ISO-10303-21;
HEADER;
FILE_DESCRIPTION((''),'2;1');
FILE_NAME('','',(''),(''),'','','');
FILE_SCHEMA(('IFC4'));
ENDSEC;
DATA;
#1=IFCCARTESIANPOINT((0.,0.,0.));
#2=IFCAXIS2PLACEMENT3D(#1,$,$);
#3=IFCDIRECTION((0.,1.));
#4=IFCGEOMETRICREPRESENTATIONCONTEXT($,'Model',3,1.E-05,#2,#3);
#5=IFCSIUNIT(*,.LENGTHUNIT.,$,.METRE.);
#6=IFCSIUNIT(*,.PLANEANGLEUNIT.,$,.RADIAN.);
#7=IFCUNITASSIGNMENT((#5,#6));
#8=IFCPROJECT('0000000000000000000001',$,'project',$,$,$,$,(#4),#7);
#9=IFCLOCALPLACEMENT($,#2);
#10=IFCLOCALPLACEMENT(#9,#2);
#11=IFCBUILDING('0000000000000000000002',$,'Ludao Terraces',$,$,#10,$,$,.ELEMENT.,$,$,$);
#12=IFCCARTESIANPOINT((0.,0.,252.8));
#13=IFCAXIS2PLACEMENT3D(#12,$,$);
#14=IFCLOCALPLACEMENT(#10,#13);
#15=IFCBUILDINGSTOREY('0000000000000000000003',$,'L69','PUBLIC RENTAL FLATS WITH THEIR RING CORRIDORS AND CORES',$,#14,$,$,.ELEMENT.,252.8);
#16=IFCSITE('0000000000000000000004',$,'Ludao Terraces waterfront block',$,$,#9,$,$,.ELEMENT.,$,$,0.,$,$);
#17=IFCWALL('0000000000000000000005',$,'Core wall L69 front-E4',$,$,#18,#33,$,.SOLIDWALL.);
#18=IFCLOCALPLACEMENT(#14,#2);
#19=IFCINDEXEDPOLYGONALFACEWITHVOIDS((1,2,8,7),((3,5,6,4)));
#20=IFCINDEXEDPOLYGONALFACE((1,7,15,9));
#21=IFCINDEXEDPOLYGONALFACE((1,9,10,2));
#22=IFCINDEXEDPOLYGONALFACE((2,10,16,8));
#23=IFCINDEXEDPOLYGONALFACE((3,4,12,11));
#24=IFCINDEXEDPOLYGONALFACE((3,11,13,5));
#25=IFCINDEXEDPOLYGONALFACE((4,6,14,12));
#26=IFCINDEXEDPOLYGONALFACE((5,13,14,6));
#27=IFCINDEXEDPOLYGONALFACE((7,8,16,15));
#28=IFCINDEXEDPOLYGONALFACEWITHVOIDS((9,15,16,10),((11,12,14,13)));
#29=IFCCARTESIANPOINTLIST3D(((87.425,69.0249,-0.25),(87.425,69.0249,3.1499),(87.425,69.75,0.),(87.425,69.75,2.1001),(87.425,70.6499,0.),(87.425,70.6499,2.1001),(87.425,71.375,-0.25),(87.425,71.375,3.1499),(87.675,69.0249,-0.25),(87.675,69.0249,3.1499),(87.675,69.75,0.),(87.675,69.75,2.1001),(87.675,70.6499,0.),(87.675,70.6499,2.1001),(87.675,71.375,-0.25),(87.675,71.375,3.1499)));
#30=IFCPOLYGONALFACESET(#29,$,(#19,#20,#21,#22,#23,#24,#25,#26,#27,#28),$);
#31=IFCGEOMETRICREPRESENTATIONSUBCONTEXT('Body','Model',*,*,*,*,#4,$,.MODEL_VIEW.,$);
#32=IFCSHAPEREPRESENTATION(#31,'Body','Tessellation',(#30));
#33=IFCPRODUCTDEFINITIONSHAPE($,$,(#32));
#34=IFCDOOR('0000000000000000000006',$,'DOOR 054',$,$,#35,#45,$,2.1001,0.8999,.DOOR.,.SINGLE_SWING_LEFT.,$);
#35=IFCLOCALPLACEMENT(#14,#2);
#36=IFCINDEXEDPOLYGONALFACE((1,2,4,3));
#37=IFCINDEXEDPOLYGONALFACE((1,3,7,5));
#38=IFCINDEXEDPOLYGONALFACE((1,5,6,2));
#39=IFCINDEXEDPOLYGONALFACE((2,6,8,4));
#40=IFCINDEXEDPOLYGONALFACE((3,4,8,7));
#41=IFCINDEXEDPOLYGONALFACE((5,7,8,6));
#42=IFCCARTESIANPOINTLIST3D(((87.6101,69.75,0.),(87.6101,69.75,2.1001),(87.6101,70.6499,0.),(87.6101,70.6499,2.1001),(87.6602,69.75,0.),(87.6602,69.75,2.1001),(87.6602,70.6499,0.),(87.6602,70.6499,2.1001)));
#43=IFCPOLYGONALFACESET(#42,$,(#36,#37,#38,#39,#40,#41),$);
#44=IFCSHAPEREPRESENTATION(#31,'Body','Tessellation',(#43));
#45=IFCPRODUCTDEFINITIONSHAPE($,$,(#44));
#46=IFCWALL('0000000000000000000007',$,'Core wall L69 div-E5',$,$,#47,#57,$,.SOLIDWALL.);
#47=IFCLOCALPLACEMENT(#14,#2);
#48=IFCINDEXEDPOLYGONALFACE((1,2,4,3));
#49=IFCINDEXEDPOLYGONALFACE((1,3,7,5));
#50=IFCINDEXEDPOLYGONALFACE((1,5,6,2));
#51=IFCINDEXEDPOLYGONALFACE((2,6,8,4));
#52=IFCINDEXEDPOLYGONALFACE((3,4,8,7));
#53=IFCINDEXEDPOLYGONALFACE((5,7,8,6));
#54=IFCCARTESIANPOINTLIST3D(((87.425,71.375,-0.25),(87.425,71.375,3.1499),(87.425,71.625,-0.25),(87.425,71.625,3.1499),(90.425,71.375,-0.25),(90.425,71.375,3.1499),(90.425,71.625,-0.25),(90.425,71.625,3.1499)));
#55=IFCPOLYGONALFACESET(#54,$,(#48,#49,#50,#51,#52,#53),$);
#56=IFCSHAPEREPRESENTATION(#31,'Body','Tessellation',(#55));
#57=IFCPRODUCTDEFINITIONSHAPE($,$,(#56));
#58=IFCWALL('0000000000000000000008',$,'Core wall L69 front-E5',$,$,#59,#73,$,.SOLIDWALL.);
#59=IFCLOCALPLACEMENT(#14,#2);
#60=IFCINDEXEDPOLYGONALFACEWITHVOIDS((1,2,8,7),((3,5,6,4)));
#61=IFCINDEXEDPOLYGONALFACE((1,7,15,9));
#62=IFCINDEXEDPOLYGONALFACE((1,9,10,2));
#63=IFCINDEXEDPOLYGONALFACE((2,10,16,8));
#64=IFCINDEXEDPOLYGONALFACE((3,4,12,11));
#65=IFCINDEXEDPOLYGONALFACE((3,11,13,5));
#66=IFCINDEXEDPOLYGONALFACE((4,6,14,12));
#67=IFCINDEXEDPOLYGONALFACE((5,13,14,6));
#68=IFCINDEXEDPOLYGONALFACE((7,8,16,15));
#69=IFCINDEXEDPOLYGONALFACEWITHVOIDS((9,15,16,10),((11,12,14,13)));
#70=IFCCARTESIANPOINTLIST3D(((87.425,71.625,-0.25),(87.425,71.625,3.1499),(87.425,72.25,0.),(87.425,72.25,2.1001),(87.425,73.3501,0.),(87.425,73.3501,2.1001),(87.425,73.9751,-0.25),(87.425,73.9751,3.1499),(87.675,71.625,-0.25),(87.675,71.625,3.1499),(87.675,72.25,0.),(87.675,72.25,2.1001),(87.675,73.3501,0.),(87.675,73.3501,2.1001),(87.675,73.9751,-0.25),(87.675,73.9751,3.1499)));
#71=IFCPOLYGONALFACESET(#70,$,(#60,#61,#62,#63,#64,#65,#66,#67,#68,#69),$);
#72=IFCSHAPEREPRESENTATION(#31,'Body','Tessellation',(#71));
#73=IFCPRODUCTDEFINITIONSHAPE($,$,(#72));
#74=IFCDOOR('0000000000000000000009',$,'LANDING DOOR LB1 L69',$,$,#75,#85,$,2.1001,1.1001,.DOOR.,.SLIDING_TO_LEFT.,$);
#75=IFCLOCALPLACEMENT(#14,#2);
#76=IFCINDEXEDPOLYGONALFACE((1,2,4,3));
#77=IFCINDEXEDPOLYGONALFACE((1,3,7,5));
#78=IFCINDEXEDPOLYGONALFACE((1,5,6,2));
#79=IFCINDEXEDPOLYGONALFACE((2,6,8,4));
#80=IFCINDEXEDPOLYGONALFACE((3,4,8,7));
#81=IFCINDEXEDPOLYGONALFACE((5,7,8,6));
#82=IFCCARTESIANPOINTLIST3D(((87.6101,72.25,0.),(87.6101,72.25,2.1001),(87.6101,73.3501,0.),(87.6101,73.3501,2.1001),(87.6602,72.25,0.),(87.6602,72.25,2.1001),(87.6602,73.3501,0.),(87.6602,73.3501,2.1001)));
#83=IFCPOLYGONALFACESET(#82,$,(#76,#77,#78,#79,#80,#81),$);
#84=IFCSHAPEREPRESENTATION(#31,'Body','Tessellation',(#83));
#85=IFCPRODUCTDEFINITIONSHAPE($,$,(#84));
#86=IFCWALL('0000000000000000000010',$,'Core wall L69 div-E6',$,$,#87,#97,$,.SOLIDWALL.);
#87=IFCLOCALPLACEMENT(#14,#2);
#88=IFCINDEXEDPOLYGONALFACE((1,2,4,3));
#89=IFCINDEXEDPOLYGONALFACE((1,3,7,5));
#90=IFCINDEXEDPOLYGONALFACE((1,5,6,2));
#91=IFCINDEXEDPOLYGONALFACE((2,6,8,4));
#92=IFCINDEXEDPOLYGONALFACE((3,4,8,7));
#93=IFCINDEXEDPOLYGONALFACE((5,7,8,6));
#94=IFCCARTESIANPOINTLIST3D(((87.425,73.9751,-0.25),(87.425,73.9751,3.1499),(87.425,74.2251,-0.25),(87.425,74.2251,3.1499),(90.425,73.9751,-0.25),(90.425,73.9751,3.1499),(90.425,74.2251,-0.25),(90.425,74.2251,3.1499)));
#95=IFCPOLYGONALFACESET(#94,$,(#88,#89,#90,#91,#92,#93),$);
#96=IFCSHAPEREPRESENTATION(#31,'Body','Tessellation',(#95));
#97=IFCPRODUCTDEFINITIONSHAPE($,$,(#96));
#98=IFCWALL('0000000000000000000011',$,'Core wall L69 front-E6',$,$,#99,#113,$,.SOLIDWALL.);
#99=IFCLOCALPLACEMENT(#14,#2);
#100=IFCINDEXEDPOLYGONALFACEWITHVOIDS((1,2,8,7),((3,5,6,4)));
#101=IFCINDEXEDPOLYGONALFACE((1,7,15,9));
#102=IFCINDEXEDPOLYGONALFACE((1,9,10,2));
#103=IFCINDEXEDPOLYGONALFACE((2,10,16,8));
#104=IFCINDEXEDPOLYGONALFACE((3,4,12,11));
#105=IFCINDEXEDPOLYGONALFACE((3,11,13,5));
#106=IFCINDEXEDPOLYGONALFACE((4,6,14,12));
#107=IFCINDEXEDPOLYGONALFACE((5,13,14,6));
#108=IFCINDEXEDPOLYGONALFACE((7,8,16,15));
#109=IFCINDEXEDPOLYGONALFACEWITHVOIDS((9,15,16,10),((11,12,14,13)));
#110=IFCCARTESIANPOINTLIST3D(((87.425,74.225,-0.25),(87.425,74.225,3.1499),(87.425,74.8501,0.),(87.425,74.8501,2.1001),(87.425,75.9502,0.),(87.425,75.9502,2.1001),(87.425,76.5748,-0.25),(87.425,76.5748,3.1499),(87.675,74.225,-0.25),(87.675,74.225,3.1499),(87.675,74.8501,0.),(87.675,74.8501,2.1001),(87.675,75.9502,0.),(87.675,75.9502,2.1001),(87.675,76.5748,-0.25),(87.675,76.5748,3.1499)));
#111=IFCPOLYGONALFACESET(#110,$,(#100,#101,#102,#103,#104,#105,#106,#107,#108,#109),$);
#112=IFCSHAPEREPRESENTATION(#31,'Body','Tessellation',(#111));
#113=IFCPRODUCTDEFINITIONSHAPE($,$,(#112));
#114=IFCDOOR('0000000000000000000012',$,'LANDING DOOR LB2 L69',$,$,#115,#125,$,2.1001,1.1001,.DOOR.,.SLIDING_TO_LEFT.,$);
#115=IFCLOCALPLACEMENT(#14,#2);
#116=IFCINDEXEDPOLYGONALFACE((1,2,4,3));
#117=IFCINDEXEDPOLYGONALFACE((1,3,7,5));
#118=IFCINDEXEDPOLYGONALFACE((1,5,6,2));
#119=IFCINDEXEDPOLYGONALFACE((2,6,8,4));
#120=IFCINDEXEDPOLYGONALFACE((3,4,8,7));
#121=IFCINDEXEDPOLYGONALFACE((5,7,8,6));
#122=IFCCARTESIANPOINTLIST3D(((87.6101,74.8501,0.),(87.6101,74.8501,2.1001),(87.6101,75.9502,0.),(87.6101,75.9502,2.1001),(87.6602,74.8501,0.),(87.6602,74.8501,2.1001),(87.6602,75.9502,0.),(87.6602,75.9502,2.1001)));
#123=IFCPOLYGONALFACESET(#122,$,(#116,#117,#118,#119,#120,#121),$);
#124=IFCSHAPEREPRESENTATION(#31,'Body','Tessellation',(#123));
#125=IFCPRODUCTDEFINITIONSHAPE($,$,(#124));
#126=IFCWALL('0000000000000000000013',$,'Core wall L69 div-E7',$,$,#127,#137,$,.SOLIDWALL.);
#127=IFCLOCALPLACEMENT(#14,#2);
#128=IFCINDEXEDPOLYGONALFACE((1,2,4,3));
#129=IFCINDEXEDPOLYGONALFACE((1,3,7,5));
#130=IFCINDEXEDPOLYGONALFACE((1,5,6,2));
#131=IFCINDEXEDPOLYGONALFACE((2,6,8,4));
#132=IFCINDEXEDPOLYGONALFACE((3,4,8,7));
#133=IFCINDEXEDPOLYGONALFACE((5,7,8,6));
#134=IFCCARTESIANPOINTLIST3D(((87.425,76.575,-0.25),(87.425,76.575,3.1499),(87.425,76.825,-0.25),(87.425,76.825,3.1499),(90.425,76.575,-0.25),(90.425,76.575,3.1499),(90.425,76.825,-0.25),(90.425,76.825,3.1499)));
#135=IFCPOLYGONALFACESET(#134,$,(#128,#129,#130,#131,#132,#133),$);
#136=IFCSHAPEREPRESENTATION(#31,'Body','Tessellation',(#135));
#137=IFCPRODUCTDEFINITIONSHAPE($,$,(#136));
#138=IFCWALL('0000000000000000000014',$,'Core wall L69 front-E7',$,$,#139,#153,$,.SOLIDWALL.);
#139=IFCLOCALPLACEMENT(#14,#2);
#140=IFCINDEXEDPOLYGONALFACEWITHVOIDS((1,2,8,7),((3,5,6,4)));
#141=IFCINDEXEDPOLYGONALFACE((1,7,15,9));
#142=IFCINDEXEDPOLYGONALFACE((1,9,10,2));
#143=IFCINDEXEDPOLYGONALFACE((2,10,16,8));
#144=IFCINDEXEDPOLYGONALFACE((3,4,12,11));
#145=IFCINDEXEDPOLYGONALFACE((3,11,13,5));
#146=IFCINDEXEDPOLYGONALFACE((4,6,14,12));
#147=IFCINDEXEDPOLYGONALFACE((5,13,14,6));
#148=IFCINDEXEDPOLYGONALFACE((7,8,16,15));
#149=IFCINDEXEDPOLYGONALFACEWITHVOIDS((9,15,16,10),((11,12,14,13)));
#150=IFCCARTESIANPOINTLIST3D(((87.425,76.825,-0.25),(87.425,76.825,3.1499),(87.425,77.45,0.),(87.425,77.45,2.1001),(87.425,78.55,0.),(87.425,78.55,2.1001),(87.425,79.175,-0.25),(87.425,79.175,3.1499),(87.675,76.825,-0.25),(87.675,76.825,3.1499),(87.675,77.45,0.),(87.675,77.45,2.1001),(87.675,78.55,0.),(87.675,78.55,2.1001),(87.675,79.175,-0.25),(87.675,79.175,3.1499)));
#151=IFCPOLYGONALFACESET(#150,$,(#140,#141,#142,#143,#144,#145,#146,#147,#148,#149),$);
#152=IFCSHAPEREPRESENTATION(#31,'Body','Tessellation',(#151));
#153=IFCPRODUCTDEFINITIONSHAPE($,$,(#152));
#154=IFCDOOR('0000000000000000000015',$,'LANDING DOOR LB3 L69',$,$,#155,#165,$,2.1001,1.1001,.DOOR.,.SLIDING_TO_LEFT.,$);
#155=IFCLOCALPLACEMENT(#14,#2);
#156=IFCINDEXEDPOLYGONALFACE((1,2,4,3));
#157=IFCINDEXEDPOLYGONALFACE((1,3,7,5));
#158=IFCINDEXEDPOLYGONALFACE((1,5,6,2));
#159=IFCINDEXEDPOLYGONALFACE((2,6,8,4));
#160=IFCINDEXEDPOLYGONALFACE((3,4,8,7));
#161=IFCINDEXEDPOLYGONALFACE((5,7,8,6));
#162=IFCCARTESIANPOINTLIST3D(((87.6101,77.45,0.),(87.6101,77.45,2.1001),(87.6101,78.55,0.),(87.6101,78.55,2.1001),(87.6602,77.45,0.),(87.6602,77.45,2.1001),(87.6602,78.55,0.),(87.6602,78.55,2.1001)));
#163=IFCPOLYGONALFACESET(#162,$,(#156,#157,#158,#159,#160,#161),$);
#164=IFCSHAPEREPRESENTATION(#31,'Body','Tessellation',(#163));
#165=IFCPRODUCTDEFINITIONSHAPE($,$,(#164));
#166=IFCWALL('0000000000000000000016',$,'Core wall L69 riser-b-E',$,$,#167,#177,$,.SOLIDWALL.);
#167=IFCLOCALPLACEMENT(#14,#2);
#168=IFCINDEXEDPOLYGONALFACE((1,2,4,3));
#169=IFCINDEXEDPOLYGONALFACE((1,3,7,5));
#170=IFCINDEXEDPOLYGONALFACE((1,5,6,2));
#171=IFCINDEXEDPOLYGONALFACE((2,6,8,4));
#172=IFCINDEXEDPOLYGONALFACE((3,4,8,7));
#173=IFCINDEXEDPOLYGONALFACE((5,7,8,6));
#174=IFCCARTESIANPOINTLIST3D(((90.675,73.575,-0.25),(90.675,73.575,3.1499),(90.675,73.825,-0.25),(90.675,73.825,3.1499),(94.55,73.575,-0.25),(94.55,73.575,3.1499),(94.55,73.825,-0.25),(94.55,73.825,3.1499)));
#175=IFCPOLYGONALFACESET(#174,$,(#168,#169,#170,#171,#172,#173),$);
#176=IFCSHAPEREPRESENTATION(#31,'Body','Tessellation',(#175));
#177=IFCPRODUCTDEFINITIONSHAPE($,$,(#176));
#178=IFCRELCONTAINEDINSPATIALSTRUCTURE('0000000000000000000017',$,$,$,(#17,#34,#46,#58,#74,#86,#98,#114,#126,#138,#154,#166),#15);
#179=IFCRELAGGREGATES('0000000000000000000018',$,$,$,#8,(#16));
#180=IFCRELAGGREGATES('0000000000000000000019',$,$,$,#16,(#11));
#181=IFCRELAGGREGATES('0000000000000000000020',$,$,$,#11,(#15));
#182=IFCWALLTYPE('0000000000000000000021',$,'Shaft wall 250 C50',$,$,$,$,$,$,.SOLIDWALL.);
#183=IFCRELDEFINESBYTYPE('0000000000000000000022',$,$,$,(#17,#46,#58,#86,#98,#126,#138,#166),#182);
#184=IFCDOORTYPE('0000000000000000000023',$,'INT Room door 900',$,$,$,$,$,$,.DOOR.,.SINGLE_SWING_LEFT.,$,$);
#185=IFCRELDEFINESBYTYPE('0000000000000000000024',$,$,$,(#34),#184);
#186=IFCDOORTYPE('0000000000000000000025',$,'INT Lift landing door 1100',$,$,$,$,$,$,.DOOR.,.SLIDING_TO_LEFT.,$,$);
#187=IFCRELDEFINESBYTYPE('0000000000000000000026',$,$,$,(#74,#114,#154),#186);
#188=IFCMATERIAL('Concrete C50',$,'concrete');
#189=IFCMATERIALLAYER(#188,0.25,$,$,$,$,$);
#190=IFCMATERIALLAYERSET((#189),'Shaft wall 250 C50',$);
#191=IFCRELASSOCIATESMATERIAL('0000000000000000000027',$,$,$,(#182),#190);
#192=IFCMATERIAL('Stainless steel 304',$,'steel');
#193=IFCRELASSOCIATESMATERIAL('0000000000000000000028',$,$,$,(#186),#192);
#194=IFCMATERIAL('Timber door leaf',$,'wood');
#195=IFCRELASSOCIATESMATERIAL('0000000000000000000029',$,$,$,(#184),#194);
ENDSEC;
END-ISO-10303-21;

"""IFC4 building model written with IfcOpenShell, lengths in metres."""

from ifc_helpers import new_model, si_unit, direction, frame, frame_2d, origin, place, context, subcontext, project, spatial, rectangle, extrude, material, layer, layer_set, type_object, element, fill, save


model = new_model("IFC4")

# Units and contexts
model_context = context("Model", 3, precision=1e-05, world=origin(), true_north=direction((0.0, 1.0)))
body_context = subcontext(model_context, "Body", "Model", "MODEL_VIEW")
ifc_project = project(units=[si_unit("LENGTHUNIT", "METRE"), si_unit("PLANEANGLEUNIT", "RADIAN")], contexts=[model_context])

# Site, building, storey
site_placement = place(None, origin())
site = spatial("IfcSite", under=ifc_project, at=site_placement, Name="Ludao Terraces waterfront block", CompositionType="ELEMENT", RefElevation=0.0)
building_placement = place(site_placement, origin())
building = spatial("IfcBuilding", under=site, at=building_placement, Name="Ludao Terraces", CompositionType="ELEMENT")
storey_placement = place(building_placement, frame((0.0, 0.0, 252.8)))
storey = spatial("IfcBuildingStorey", under=building, at=storey_placement, Name="L69", Description="PUBLIC RENTAL FLATS WITH THEIR RING CORRIDORS AND CORES", CompositionType="ELEMENT", Elevation=252.8)

# Shared definitions
ifc_material_1 = material(Name="Concrete C50", Category="concrete")
ifc_layer_1 = layer(ifc_material_1, 0.25)
ifc_layer_set_1 = layer_set([ifc_layer_1], Name="Shaft wall 250 C50")
wall_type_1 = type_object("IfcWallType", Name="Shaft wall 250 C50", PredefinedType="SOLIDWALL", material=ifc_layer_set_1)

# Shared definitions
ifc_material_2 = material(Name="Stainless steel 304", Category="steel")
door_type_1 = type_object("IfcDoorType", Name="INT Lift landing door 1100", OperationType="SLIDING_TO_LEFT", PredefinedType="DOOR", material=ifc_material_2)
ifc_material_3 = material(Name="Timber door leaf", Category="wood")
door_type_2 = type_object("IfcDoorType", Name="INT Room door 900", OperationType="SINGLE_SWING_LEFT", PredefinedType="DOOR", material=ifc_material_3)

# Wall, opening, door
wall_1_placement = place(storey_placement, frame((87.55, 69.0249, -0.25), z_axis=(0.0, 0.0, 1.0), x_axis=(0.0, 1.0, 0.0)))
wall_1 = element("IfcWall", 1, at=wall_1_placement, inside=storey, type_object=wall_type_1, Name="Core wall L69 front-E4", PredefinedType="SOLIDWALL", context=body_context, shape_type="SweptSolid", body=[
    extrude(rectangle(XDim=2.3501, YDim=0.25, at=frame_2d((1.175, 0.0))), origin(), (0.0, 0.0, 1.0), 3.3999),
])
opening_1_placement = place(wall_1_placement, frame((0.7251, 0.0, 0.25)))
opening_1 = element("IfcOpeningElement", 2, at=opening_1_placement, cuts=wall_1, PredefinedType="OPENING", context=body_context, shape_type="SweptSolid", body=[
    extrude(rectangle(XDim=0.8999, YDim=2.1001, at=frame_2d((0.45, 1.05))), frame((0.0, 0.135, 0.0), z_axis=(0.0, -1.0, 0.0), x_axis=(1.0, 0.0, 0.0)), (0.0, 0.0, 1.0), 0.27),
])
door_1_placement = place(opening_1_placement, origin())
door_1 = element("IfcDoor", 3, at=door_1_placement, inside=storey, type_object=door_type_2, Name="DOOR 054", OperationType="SINGLE_SWING_LEFT", OverallHeight=2.1001, OverallWidth=0.8999, PredefinedType="DOOR", context=body_context, shape_type="SweptSolid", body=[
    extrude(rectangle(XDim=0.8999, YDim=2.1001, at=frame_2d((0.45, 1.05))), frame((0.0, -0.0601, 0.0), z_axis=(0.0, -1.0, 0.0), x_axis=(1.0, 0.0, 0.0)), (0.0, 0.0, 1.0), 0.05),
])
fill(opening_1, door_1)

# Wall
wall_2_placement = place(storey_placement, frame((87.425, 71.5, -0.25), z_axis=(0.0, 0.0, 1.0), x_axis=(1.0, 0.0, 0.0)))
element("IfcWall", 4, at=wall_2_placement, inside=storey, type_object=wall_type_1, Name="Core wall L69 div-E5", PredefinedType="SOLIDWALL", context=body_context, shape_type="SweptSolid", body=[
    extrude(rectangle(XDim=3.0, YDim=0.25, at=frame_2d((1.5, 0.0))), origin(), (0.0, 0.0, 1.0), 3.3999),
])

# Wall, opening, door
wall_3_placement = place(storey_placement, frame((87.55, 71.625, -0.25), z_axis=(0.0, 0.0, 1.0), x_axis=(0.0, 1.0, 0.0)))
wall_3 = element("IfcWall", 5, at=wall_3_placement, inside=storey, type_object=wall_type_1, Name="Core wall L69 front-E5", PredefinedType="SOLIDWALL", context=body_context, shape_type="SweptSolid", body=[
    extrude(rectangle(XDim=2.3501, YDim=0.25, at=frame_2d((1.175, 0.0))), origin(), (0.0, 0.0, 1.0), 3.3999),
])
opening_2_placement = place(wall_3_placement, frame((0.625, 0.0, 0.25)))
opening_2 = element("IfcOpeningElement", 6, at=opening_2_placement, cuts=wall_3, PredefinedType="OPENING", context=body_context, shape_type="SweptSolid", body=[
    extrude(rectangle(XDim=1.1001, YDim=2.1001, at=frame_2d((0.55, 1.05))), frame((0.0, 0.135, 0.0), z_axis=(0.0, -1.0, 0.0), x_axis=(1.0, 0.0, 0.0)), (0.0, 0.0, 1.0), 0.27),
])
door_2_placement = place(opening_2_placement, origin())
door_2 = element("IfcDoor", 7, at=door_2_placement, inside=storey, type_object=door_type_1, Name="LANDING DOOR LB1 L69", OperationType="SLIDING_TO_LEFT", OverallHeight=2.1001, OverallWidth=1.1001, PredefinedType="DOOR", context=body_context, shape_type="SweptSolid", body=[
    extrude(rectangle(XDim=1.1001, YDim=2.1001, at=frame_2d((0.55, 1.05))), frame((0.0, -0.0601, 0.0), z_axis=(0.0, -1.0, 0.0), x_axis=(1.0, 0.0, 0.0)), (0.0, 0.0, 1.0), 0.05),
])
fill(opening_2, door_2)

# Wall
wall_4_placement = place(storey_placement, frame((87.425, 74.1001, -0.25), z_axis=(0.0, 0.0, 1.0), x_axis=(1.0, 0.0, 0.0)))
element("IfcWall", 8, at=wall_4_placement, inside=storey, type_object=wall_type_1, Name="Core wall L69 div-E6", PredefinedType="SOLIDWALL", context=body_context, shape_type="SweptSolid", body=[
    extrude(rectangle(XDim=3.0, YDim=0.25, at=frame_2d((1.5, 0.0))), origin(), (0.0, 0.0, 1.0), 3.3999),
])

# Wall, opening, door
wall_5_placement = place(storey_placement, frame((87.55, 74.2251, -0.25), z_axis=(0.0, 0.0, 1.0), x_axis=(0.0, 1.0, 0.0)))
wall_5 = element("IfcWall", 9, at=wall_5_placement, inside=storey, type_object=wall_type_1, Name="Core wall L69 front-E6", PredefinedType="SOLIDWALL", context=body_context, shape_type="SweptSolid", body=[
    extrude(rectangle(XDim=2.3499, YDim=0.25, at=frame_2d((1.1748, 0.0))), origin(), (0.0, 0.0, 1.0), 3.3999),
])
opening_3_placement = place(wall_5_placement, frame((0.625, 0.0, 0.25)))
opening_3 = element("IfcOpeningElement", 10, at=opening_3_placement, cuts=wall_5, PredefinedType="OPENING", context=body_context, shape_type="SweptSolid", body=[
    extrude(rectangle(XDim=1.1001, YDim=2.1001, at=frame_2d((0.55, 1.05))), frame((0.0, 0.135, 0.0), z_axis=(0.0, -1.0, 0.0), x_axis=(1.0, 0.0, 0.0)), (0.0, 0.0, 1.0), 0.27),
])
door_3_placement = place(opening_3_placement, origin())
door_3 = element("IfcDoor", 11, at=door_3_placement, inside=storey, type_object=door_type_1, Name="LANDING DOOR LB2 L69", OperationType="SLIDING_TO_LEFT", OverallHeight=2.1001, OverallWidth=1.1001, PredefinedType="DOOR", context=body_context, shape_type="SweptSolid", body=[
    extrude(rectangle(XDim=1.1001, YDim=2.1001, at=frame_2d((0.55, 1.05))), frame((0.0, -0.0601, 0.0), z_axis=(0.0, -1.0, 0.0), x_axis=(1.0, 0.0, 0.0)), (0.0, 0.0, 1.0), 0.05),
])
fill(opening_3, door_3)

# Wall
wall_6_placement = place(storey_placement, frame((87.425, 76.7, -0.25), z_axis=(0.0, 0.0, 1.0), x_axis=(1.0, 0.0, 0.0)))
element("IfcWall", 12, at=wall_6_placement, inside=storey, type_object=wall_type_1, Name="Core wall L69 div-E7", PredefinedType="SOLIDWALL", context=body_context, shape_type="SweptSolid", body=[
    extrude(rectangle(XDim=3.0, YDim=0.25, at=frame_2d((1.5, 0.0))), origin(), (0.0, 0.0, 1.0), 3.3999),
])

# Wall, opening, door
wall_7_placement = place(storey_placement, frame((87.55, 76.825, -0.25), z_axis=(0.0, 0.0, 1.0), x_axis=(0.0, 1.0, 0.0)))
wall_7 = element("IfcWall", 13, at=wall_7_placement, inside=storey, type_object=wall_type_1, Name="Core wall L69 front-E7", PredefinedType="SOLIDWALL", context=body_context, shape_type="SweptSolid", body=[
    extrude(rectangle(XDim=2.3501, YDim=0.25, at=frame_2d((1.175, 0.0))), origin(), (0.0, 0.0, 1.0), 3.3999),
])
opening_4_placement = place(wall_7_placement, frame((0.625, 0.0, 0.25)))
opening_4 = element("IfcOpeningElement", 14, at=opening_4_placement, cuts=wall_7, PredefinedType="OPENING", context=body_context, shape_type="SweptSolid", body=[
    extrude(rectangle(XDim=1.1001, YDim=2.1001, at=frame_2d((0.55, 1.05))), frame((0.0, 0.135, 0.0), z_axis=(0.0, -1.0, 0.0), x_axis=(1.0, 0.0, 0.0)), (0.0, 0.0, 1.0), 0.27),
])
door_4_placement = place(opening_4_placement, origin())
door_4 = element("IfcDoor", 15, at=door_4_placement, inside=storey, type_object=door_type_1, Name="LANDING DOOR LB3 L69", OperationType="SLIDING_TO_LEFT", OverallHeight=2.1001, OverallWidth=1.1001, PredefinedType="DOOR", context=body_context, shape_type="SweptSolid", body=[
    extrude(rectangle(XDim=1.1001, YDim=2.1001, at=frame_2d((0.55, 1.05))), frame((0.0, -0.0601, 0.0), z_axis=(0.0, -1.0, 0.0), x_axis=(1.0, 0.0, 0.0)), (0.0, 0.0, 1.0), 0.05),
])
fill(opening_4, door_4)

# Wall
wall_8_placement = place(storey_placement, frame((90.675, 73.7, -0.25), z_axis=(0.0, 0.0, 1.0), x_axis=(1.0, 0.0, 0.0)))
element("IfcWall", 16, at=wall_8_placement, inside=storey, type_object=wall_type_1, Name="Core wall L69 riser-b-E", PredefinedType="SOLIDWALL", context=body_context, shape_type="SweptSolid", body=[
    extrude(rectangle(XDim=3.875, YDim=0.25, at=frame_2d((1.9375, 0.0))), origin(), (0.0, 0.0, 1.0), 3.3999),
])

save(model, "model.ifc")
